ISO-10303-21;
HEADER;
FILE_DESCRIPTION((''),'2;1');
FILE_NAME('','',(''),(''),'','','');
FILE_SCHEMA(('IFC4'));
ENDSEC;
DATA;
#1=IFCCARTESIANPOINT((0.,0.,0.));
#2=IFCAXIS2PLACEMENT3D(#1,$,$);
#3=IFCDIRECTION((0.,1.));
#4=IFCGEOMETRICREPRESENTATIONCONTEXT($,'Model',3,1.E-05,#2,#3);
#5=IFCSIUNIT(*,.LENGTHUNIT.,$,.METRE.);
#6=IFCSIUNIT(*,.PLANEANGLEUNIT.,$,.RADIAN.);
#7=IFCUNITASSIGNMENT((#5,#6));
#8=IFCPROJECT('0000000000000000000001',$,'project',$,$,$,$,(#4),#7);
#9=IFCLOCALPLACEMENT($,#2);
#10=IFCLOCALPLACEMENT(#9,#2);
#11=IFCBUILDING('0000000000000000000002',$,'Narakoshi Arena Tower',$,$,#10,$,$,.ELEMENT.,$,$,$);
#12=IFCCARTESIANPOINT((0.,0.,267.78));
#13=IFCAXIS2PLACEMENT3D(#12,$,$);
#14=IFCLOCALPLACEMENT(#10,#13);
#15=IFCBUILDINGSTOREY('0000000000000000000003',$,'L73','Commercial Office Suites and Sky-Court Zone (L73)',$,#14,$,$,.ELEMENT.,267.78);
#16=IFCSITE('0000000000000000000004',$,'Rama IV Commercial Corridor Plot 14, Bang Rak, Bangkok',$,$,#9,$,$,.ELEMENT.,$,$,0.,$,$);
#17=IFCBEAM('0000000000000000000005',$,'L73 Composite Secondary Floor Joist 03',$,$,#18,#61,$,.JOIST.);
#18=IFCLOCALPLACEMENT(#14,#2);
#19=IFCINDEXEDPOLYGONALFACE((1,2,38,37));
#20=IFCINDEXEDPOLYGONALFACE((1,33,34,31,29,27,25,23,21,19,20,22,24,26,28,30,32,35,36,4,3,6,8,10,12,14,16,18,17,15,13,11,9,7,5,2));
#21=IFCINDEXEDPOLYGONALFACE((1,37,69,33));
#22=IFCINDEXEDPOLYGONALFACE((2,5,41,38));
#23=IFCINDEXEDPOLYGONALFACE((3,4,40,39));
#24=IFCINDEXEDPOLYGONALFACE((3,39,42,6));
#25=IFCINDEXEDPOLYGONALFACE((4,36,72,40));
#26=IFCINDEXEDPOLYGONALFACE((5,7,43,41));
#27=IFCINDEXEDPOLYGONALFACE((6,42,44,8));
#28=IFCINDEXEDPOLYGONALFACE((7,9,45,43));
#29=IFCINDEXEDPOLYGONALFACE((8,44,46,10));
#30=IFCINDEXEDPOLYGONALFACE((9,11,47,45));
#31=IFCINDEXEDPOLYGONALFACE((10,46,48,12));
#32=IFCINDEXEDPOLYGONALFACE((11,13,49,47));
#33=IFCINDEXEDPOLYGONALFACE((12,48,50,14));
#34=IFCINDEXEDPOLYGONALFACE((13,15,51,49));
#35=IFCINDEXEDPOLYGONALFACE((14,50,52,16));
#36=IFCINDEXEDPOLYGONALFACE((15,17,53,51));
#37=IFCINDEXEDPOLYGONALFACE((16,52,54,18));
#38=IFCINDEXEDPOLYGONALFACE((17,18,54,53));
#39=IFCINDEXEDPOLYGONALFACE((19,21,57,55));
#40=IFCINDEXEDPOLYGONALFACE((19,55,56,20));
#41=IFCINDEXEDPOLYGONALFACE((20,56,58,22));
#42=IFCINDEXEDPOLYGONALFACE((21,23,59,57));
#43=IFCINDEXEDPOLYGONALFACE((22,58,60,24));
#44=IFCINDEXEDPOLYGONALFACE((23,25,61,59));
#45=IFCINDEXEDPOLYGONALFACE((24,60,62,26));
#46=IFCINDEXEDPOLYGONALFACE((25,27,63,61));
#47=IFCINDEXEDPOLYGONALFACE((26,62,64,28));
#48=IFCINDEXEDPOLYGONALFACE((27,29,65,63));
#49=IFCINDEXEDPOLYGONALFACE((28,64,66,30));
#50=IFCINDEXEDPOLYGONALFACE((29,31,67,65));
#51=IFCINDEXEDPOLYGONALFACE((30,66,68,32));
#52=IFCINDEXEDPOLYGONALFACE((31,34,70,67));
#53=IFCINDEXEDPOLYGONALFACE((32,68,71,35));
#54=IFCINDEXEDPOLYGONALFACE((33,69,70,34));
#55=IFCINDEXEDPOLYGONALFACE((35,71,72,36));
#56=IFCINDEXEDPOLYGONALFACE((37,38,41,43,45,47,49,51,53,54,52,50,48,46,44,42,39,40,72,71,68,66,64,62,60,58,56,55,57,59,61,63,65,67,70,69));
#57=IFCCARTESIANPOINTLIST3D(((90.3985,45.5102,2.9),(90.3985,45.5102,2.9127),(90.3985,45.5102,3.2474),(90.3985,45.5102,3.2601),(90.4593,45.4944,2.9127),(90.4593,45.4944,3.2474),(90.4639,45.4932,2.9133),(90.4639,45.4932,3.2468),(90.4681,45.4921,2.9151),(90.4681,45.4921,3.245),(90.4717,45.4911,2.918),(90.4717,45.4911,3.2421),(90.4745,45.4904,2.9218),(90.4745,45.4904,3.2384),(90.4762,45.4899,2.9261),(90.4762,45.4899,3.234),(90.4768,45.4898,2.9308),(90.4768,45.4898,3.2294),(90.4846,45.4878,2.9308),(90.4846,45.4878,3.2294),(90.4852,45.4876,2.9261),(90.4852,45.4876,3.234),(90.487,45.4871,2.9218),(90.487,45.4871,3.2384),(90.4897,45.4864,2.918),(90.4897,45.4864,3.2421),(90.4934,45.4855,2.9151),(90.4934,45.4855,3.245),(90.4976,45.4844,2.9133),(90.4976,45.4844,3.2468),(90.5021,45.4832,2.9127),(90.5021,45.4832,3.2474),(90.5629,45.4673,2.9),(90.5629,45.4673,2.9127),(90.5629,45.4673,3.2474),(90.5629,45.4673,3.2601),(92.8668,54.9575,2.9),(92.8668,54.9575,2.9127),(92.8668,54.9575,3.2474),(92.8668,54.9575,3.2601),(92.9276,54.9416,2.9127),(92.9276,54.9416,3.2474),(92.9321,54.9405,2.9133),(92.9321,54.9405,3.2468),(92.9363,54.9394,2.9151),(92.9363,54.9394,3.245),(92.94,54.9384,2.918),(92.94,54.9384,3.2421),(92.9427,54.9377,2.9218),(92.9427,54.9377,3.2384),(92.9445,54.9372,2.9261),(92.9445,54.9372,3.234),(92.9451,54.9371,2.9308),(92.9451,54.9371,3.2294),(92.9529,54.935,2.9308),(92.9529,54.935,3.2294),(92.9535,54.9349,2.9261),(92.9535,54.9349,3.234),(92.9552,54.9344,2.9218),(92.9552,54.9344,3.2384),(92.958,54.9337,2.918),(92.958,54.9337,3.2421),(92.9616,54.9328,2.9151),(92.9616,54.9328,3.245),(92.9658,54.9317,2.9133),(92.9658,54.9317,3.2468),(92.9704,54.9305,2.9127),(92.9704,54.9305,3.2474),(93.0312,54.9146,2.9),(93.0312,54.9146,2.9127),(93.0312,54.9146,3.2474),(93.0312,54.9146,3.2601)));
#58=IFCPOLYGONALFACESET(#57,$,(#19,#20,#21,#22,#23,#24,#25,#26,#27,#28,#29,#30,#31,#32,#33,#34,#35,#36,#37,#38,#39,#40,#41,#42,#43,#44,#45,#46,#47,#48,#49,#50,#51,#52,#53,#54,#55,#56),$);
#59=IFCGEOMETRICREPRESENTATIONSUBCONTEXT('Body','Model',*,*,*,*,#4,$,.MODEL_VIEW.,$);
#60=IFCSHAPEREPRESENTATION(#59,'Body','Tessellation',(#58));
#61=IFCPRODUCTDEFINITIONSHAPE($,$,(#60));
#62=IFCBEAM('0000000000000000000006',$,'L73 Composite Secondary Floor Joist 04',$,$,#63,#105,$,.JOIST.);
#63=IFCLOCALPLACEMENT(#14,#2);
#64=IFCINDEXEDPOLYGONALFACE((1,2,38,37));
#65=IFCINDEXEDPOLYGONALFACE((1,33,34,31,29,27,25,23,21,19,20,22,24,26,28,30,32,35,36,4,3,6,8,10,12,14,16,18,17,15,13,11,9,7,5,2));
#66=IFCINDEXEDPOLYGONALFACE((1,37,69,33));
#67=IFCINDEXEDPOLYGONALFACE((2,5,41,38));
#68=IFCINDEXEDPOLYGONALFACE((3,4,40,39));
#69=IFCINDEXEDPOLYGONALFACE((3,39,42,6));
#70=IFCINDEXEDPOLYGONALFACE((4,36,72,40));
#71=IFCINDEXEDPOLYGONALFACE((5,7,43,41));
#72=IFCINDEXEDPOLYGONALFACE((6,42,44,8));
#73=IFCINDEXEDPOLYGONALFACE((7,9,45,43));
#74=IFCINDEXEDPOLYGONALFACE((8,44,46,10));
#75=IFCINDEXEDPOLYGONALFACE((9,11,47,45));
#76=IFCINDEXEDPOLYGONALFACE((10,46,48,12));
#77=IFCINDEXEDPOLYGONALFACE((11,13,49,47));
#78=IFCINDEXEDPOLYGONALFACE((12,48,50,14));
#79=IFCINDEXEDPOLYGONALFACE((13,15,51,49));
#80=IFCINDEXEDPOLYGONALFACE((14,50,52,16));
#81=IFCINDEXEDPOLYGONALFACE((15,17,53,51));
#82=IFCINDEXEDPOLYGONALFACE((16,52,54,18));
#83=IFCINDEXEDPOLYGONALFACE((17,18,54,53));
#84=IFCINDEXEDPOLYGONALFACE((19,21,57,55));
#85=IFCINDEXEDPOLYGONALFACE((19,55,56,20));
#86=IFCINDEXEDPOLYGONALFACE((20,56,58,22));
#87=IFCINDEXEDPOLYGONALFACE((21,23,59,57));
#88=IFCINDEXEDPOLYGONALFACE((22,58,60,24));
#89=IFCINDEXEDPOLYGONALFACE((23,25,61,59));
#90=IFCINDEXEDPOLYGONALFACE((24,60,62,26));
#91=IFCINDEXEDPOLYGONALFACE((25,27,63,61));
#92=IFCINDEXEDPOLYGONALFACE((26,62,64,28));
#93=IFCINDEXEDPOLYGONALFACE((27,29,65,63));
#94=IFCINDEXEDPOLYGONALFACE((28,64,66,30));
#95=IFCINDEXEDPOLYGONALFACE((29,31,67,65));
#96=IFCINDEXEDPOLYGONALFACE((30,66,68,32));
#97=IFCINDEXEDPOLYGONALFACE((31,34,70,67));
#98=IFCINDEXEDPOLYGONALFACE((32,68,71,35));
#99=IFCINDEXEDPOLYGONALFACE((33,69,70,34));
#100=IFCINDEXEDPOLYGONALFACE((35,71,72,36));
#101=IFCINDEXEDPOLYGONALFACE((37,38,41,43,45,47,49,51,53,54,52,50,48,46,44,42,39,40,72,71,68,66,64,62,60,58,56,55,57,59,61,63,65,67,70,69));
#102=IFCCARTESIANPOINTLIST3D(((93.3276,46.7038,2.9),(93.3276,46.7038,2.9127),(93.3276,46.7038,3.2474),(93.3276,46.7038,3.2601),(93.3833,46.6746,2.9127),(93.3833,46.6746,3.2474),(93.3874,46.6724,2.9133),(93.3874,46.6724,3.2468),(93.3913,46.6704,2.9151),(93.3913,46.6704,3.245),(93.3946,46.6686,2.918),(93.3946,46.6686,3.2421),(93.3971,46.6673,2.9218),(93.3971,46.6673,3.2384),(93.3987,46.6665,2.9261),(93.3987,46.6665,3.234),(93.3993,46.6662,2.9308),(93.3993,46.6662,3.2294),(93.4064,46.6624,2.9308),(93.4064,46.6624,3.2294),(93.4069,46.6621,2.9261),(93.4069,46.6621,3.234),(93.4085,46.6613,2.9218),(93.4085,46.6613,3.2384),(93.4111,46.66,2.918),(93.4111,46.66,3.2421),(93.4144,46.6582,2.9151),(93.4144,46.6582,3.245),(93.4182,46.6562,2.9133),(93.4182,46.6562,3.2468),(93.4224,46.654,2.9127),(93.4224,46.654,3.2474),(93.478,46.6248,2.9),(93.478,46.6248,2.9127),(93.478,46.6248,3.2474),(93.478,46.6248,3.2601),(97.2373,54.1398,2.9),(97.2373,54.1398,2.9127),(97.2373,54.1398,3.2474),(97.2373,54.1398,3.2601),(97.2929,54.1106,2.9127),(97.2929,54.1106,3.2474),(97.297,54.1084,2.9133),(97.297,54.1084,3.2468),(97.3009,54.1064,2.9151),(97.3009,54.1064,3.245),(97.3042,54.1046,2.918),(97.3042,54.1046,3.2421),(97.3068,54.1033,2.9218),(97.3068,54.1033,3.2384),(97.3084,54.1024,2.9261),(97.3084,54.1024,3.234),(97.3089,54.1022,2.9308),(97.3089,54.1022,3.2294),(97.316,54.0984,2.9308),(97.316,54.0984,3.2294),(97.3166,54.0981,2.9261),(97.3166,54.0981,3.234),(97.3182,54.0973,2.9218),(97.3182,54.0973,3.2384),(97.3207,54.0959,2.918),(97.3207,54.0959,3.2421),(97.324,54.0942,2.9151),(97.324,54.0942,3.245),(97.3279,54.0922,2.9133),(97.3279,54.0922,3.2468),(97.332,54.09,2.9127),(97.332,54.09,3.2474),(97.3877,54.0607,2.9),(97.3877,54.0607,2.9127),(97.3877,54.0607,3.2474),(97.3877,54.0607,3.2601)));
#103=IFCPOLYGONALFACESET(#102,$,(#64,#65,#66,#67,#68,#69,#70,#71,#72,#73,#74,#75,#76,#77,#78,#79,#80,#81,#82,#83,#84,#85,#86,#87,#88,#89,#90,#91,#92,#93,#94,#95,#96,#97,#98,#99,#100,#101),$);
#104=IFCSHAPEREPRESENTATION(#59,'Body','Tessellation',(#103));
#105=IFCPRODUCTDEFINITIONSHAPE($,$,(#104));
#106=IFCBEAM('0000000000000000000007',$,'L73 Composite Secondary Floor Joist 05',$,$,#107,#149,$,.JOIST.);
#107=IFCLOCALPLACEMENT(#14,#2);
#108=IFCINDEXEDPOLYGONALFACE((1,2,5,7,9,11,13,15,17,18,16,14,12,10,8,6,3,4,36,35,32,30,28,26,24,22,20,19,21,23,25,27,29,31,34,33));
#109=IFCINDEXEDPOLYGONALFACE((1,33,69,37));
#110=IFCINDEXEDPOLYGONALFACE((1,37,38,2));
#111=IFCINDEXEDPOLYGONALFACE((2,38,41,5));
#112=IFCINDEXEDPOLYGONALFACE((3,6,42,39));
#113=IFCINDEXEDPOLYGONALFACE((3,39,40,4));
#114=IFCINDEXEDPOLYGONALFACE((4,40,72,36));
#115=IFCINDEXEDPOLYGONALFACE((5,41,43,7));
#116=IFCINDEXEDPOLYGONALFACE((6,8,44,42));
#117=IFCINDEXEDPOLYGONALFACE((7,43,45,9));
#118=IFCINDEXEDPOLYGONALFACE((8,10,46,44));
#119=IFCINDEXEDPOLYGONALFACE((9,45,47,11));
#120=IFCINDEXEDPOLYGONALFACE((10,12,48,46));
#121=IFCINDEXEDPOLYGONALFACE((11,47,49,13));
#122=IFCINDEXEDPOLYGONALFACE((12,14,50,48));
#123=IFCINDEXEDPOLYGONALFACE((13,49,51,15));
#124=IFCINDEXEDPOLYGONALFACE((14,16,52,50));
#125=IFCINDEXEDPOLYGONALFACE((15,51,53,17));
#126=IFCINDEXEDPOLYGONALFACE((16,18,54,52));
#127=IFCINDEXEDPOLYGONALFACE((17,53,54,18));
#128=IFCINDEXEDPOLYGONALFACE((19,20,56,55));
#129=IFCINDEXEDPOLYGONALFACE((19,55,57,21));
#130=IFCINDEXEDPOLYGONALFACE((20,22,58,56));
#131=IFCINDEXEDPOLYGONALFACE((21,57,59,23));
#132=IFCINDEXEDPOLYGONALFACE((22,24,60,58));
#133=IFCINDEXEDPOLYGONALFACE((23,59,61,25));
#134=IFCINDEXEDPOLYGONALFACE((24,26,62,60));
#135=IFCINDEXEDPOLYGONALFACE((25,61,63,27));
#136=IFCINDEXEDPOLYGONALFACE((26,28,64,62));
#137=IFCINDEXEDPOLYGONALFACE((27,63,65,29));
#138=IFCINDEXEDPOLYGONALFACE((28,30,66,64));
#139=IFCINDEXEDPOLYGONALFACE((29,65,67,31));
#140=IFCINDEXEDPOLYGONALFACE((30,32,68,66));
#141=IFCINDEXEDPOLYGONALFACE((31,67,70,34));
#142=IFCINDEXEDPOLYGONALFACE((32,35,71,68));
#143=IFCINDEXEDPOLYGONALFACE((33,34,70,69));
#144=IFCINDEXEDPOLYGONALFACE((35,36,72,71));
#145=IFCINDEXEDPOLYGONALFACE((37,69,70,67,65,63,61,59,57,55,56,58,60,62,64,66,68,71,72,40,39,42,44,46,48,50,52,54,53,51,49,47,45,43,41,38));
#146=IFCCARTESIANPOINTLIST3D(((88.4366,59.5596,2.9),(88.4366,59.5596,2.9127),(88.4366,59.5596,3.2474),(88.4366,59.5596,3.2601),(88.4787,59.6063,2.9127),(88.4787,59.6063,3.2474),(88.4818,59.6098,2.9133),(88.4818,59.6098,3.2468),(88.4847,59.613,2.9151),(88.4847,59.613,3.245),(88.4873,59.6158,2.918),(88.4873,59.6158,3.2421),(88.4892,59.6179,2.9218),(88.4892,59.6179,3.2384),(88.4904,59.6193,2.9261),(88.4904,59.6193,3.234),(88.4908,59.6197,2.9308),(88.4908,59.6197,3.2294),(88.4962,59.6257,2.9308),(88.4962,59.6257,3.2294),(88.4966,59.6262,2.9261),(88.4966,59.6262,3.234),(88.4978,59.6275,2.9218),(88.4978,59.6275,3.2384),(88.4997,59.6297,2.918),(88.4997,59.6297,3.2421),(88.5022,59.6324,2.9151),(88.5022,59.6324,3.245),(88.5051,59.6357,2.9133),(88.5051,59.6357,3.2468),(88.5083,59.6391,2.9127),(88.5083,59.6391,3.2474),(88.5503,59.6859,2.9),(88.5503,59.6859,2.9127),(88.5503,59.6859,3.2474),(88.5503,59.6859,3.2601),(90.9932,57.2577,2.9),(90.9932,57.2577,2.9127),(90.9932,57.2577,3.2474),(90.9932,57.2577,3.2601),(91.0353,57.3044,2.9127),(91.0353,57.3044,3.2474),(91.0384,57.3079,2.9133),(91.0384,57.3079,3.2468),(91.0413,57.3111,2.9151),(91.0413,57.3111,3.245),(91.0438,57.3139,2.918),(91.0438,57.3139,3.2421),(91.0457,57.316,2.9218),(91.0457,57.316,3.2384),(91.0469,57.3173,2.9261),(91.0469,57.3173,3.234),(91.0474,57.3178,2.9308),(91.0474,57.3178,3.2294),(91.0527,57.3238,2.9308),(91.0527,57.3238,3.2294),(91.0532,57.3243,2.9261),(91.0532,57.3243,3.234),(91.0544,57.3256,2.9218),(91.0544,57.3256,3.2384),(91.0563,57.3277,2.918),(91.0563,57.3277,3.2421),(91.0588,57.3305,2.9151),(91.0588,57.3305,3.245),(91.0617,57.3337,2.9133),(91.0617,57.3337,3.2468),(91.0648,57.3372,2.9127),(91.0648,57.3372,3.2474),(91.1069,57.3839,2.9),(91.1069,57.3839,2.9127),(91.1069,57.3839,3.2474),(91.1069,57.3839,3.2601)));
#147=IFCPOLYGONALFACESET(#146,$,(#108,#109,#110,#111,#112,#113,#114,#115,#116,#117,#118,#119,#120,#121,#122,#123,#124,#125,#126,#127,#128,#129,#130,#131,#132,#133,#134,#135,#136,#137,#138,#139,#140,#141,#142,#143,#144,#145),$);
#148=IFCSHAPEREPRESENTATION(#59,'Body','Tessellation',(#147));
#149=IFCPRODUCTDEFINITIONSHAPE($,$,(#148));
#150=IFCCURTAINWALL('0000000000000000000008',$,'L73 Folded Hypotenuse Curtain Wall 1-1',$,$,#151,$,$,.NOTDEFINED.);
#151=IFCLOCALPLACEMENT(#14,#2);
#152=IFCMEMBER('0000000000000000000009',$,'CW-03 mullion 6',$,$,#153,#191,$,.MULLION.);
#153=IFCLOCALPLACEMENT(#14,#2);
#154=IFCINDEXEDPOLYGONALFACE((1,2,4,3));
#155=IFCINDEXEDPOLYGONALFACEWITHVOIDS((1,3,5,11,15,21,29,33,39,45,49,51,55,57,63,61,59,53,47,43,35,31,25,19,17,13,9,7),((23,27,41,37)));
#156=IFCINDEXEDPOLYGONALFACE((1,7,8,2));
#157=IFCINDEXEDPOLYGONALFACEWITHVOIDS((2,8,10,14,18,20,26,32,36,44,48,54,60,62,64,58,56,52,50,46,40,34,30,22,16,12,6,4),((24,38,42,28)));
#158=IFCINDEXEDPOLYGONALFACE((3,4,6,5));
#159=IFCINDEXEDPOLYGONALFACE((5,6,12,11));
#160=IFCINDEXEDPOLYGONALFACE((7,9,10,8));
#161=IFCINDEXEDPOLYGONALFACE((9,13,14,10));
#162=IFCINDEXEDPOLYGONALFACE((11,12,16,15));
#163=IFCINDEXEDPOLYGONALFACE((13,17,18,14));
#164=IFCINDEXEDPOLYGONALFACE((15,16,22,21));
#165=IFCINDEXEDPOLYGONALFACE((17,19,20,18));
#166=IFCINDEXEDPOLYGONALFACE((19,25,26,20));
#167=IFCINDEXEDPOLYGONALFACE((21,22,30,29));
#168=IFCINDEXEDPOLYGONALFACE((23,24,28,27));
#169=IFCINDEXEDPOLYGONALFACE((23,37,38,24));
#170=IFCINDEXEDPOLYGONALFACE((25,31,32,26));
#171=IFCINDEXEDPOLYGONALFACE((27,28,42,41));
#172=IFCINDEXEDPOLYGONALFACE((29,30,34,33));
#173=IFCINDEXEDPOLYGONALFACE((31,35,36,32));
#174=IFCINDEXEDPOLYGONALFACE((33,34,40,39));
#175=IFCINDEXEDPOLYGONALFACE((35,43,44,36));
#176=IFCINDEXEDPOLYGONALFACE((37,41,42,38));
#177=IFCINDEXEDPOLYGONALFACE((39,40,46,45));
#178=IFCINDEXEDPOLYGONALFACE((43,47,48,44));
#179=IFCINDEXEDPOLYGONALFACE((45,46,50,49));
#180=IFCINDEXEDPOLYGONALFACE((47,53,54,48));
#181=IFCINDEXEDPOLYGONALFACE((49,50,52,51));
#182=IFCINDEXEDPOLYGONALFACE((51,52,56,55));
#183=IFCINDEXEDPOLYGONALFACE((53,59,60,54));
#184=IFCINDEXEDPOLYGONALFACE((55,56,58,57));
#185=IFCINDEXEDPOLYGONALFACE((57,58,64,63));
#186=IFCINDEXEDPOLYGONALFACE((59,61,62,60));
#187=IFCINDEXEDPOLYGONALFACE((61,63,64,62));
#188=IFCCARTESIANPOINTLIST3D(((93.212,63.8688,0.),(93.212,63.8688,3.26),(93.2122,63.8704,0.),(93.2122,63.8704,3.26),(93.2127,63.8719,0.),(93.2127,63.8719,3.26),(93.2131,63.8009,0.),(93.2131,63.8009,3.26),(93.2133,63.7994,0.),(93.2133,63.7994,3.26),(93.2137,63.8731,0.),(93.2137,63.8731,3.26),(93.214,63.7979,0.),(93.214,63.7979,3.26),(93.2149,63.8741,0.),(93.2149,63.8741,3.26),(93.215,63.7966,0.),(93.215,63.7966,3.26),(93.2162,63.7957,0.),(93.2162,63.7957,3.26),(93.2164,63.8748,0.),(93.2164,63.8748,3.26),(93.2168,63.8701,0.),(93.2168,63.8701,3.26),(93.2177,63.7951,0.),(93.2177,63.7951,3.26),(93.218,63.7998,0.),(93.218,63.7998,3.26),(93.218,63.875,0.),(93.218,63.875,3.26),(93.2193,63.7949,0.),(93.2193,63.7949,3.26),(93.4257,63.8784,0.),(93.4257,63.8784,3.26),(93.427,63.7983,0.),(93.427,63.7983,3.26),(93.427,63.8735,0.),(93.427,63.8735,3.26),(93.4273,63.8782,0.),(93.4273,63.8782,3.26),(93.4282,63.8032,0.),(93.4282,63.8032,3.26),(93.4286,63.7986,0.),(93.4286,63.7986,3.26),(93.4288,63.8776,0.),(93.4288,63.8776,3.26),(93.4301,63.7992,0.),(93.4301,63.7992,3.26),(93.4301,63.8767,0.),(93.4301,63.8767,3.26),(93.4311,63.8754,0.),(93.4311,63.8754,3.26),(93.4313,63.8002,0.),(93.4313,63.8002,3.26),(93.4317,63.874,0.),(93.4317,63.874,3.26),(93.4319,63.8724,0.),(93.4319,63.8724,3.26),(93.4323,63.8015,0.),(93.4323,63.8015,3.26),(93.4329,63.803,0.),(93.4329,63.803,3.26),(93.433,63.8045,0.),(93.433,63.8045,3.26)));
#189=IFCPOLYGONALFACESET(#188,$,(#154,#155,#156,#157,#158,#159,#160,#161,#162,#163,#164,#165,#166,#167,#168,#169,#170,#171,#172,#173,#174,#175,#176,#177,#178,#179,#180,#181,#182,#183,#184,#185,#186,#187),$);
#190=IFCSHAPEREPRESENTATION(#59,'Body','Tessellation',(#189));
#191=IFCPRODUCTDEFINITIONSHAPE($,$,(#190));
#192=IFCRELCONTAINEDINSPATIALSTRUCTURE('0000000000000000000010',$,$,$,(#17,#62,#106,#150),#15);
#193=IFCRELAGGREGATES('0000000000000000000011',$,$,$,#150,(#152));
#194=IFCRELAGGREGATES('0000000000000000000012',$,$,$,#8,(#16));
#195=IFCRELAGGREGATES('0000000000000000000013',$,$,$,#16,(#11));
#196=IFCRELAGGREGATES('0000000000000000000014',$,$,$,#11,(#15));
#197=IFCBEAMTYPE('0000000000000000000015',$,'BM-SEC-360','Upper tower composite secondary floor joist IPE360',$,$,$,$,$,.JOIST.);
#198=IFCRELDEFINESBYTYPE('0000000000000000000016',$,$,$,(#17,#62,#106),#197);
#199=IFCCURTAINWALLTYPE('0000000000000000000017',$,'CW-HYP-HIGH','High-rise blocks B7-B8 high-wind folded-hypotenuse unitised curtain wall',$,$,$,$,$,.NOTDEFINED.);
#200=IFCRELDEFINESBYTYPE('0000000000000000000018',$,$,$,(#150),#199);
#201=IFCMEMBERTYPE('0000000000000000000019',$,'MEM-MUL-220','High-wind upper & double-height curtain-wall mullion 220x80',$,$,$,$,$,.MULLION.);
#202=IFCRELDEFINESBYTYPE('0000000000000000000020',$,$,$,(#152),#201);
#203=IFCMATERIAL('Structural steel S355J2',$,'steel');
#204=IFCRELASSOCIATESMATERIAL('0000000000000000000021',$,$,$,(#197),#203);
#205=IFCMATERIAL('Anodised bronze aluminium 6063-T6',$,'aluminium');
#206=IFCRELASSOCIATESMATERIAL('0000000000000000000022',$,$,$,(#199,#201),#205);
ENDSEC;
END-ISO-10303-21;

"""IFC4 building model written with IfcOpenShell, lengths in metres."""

from ifc_helpers import new_model, si_unit, direction, frame, origin, origin_2d, place, context, subcontext, project, spatial, hollow_rectangle, i_section, extrude, material, material_profile, profile_set, type_object, element, aggregate, save


model = new_model("IFC4")

# Units and contexts
model_context = context("Model", 3, precision=1e-05, world=origin(), true_north=direction((0.0, 1.0)))
body_context = subcontext(model_context, "Body", "Model", "MODEL_VIEW")
ifc_project = project(units=[si_unit("LENGTHUNIT", "METRE"), si_unit("PLANEANGLEUNIT", "RADIAN")], contexts=[model_context])

# Site, building, storey
site_placement = place(None, origin())
site = spatial("IfcSite", under=ifc_project, at=site_placement, Name="Rama IV Commercial Corridor Plot 14, Bang Rak, Bangkok", CompositionType="ELEMENT", RefElevation=0.0)
building_placement = place(site_placement, origin())
building = spatial("IfcBuilding", under=site, at=building_placement, Name="Narakoshi Arena Tower", CompositionType="ELEMENT")
storey_placement = place(building_placement, frame((0.0, 0.0, 267.78)))
storey = spatial("IfcBuildingStorey", under=building, at=storey_placement, Name="L73", Description="Commercial Office Suites and Sky-Court Zone (L73)", CompositionType="ELEMENT", Elevation=267.78)

# Beams
ifc_material_1 = material(Name="Structural steel S355J2", Category="steel")
ifc_material_profile_1 = material_profile(ifc_material_1, i_section(OverallWidth=0.1699, OverallDepth=0.3601, WebThickness=0.0081, FlangeThickness=0.0127, FilletRadius=0.0181, at=origin_2d()), Name="IPE360")
ifc_profile_set_1 = profile_set([ifc_material_profile_1], Name="Structural steel S355J2")
beam_type_1 = type_object("IfcBeamType", Name="BM-SEC-360", Description="Upper tower composite secondary floor joist IPE360", PredefinedType="JOIST", material=ifc_profile_set_1)
beam_1_placement = place(storey_placement, frame((90.4807, 45.4888, 3.0801), z_axis=(0.252782, 0.967523, 0.0), x_axis=(-0.967523, 0.252782, 0.0)))
element("IfcBeam", 1, at=beam_1_placement, inside=storey, type_object=beam_type_1, Name="L73 Composite Secondary Floor Joist 03", PredefinedType="JOIST", context=body_context, shape_type="SweptSolid", body=[
    extrude(i_section(OverallWidth=0.1699, OverallDepth=0.3601, WebThickness=0.0081, FlangeThickness=0.0127, FilletRadius=0.0181, at=origin_2d()), origin(), (0.0, 0.0, 1.0), 9.7644),
])
beam_2_placement = place(storey_placement, frame((93.4028, 46.6643, 3.0801), z_axis=(0.46537, 0.885116, 0.0), x_axis=(-0.885116, 0.46537, 0.0)))
element("IfcBeam", 2, at=beam_2_placement, inside=storey, type_object=beam_type_1, Name="L73 Composite Secondary Floor Joist 04", PredefinedType="JOIST", context=body_context, shape_type="SweptSolid", body=[
    extrude(i_section(OverallWidth=0.1699, OverallDepth=0.3601, WebThickness=0.0081, FlangeThickness=0.0127, FilletRadius=0.0181, at=origin_2d()), origin(), (0.0, 0.0, 1.0), 8.4011),
])
beam_3_placement = place(storey_placement, frame((91.05, 57.3208, 3.0801), z_axis=(-0.743146, 0.669129, 0.0), x_axis=(-0.669129, -0.743146, 0.0)))
element("IfcBeam", 3, at=beam_3_placement, inside=storey, type_object=beam_type_1, Name="L73 Composite Secondary Floor Joist 05", PredefinedType="JOIST", context=body_context, shape_type="SweptSolid", body=[
    extrude(i_section(OverallWidth=0.1699, OverallDepth=0.3601, WebThickness=0.0081, FlangeThickness=0.0127, FilletRadius=0.0181, at=origin_2d()), origin(), (0.0, 0.0, 1.0), 3.4402),
])

# Curtain wall, member
ifc_material_2 = material(Name="Anodised bronze aluminium 6063-T6", Category="aluminium")
curtain_wall_type = type_object("IfcCurtainWallType", Name="CW-HYP-HIGH", Description="High-rise blocks B7-B8 high-wind folded-hypotenuse unitised curtain wall", PredefinedType="NOTDEFINED", material=ifc_material_2)
curtain_wall_placement = place(storey_placement, origin())
curtain_wall = element("IfcCurtainWall", 4, at=curtain_wall_placement, inside=storey, type_object=curtain_wall_type, Name="L73 Folded Hypotenuse Curtain Wall 1-1", PredefinedType="NOTDEFINED")
ifc_material_profile_2 = material_profile(ifc_material_2, hollow_rectangle(XDim=0.0801, YDim=0.22, WallThickness=0.0049, OuterFilletRadius=0.0061, at=origin_2d()), Name="MUL220x80x5")
ifc_profile_set_2 = profile_set([ifc_material_profile_2], Name="Anodised bronze aluminium 6063-T6")
member_type_1 = type_object("IfcMemberType", Name="MEM-MUL-220", Description="High-wind upper & double-height curtain-wall mullion 220x80", PredefinedType="MULLION", material=ifc_profile_set_2)
member_1_placement = place(storey_placement, frame((93.3225, 63.8367, 0.0), z_axis=(0.0, 0.0, 1.0), x_axis=(0.016443, -0.999865, 0.0)))
member_1 = element("IfcMember", 5, at=member_1_placement, type_object=member_type_1, Name="CW-03 mullion 6", PredefinedType="MULLION", context=body_context, shape_type="SweptSolid", body=[
    extrude(hollow_rectangle(XDim=0.0801, YDim=0.22, WallThickness=0.0049, OuterFilletRadius=0.0061, at=origin_2d()), origin(), (0.0, 0.0, 1.0), 3.26),
])
aggregate(curtain_wall, [member_1])

save(model, "model.ifc")
